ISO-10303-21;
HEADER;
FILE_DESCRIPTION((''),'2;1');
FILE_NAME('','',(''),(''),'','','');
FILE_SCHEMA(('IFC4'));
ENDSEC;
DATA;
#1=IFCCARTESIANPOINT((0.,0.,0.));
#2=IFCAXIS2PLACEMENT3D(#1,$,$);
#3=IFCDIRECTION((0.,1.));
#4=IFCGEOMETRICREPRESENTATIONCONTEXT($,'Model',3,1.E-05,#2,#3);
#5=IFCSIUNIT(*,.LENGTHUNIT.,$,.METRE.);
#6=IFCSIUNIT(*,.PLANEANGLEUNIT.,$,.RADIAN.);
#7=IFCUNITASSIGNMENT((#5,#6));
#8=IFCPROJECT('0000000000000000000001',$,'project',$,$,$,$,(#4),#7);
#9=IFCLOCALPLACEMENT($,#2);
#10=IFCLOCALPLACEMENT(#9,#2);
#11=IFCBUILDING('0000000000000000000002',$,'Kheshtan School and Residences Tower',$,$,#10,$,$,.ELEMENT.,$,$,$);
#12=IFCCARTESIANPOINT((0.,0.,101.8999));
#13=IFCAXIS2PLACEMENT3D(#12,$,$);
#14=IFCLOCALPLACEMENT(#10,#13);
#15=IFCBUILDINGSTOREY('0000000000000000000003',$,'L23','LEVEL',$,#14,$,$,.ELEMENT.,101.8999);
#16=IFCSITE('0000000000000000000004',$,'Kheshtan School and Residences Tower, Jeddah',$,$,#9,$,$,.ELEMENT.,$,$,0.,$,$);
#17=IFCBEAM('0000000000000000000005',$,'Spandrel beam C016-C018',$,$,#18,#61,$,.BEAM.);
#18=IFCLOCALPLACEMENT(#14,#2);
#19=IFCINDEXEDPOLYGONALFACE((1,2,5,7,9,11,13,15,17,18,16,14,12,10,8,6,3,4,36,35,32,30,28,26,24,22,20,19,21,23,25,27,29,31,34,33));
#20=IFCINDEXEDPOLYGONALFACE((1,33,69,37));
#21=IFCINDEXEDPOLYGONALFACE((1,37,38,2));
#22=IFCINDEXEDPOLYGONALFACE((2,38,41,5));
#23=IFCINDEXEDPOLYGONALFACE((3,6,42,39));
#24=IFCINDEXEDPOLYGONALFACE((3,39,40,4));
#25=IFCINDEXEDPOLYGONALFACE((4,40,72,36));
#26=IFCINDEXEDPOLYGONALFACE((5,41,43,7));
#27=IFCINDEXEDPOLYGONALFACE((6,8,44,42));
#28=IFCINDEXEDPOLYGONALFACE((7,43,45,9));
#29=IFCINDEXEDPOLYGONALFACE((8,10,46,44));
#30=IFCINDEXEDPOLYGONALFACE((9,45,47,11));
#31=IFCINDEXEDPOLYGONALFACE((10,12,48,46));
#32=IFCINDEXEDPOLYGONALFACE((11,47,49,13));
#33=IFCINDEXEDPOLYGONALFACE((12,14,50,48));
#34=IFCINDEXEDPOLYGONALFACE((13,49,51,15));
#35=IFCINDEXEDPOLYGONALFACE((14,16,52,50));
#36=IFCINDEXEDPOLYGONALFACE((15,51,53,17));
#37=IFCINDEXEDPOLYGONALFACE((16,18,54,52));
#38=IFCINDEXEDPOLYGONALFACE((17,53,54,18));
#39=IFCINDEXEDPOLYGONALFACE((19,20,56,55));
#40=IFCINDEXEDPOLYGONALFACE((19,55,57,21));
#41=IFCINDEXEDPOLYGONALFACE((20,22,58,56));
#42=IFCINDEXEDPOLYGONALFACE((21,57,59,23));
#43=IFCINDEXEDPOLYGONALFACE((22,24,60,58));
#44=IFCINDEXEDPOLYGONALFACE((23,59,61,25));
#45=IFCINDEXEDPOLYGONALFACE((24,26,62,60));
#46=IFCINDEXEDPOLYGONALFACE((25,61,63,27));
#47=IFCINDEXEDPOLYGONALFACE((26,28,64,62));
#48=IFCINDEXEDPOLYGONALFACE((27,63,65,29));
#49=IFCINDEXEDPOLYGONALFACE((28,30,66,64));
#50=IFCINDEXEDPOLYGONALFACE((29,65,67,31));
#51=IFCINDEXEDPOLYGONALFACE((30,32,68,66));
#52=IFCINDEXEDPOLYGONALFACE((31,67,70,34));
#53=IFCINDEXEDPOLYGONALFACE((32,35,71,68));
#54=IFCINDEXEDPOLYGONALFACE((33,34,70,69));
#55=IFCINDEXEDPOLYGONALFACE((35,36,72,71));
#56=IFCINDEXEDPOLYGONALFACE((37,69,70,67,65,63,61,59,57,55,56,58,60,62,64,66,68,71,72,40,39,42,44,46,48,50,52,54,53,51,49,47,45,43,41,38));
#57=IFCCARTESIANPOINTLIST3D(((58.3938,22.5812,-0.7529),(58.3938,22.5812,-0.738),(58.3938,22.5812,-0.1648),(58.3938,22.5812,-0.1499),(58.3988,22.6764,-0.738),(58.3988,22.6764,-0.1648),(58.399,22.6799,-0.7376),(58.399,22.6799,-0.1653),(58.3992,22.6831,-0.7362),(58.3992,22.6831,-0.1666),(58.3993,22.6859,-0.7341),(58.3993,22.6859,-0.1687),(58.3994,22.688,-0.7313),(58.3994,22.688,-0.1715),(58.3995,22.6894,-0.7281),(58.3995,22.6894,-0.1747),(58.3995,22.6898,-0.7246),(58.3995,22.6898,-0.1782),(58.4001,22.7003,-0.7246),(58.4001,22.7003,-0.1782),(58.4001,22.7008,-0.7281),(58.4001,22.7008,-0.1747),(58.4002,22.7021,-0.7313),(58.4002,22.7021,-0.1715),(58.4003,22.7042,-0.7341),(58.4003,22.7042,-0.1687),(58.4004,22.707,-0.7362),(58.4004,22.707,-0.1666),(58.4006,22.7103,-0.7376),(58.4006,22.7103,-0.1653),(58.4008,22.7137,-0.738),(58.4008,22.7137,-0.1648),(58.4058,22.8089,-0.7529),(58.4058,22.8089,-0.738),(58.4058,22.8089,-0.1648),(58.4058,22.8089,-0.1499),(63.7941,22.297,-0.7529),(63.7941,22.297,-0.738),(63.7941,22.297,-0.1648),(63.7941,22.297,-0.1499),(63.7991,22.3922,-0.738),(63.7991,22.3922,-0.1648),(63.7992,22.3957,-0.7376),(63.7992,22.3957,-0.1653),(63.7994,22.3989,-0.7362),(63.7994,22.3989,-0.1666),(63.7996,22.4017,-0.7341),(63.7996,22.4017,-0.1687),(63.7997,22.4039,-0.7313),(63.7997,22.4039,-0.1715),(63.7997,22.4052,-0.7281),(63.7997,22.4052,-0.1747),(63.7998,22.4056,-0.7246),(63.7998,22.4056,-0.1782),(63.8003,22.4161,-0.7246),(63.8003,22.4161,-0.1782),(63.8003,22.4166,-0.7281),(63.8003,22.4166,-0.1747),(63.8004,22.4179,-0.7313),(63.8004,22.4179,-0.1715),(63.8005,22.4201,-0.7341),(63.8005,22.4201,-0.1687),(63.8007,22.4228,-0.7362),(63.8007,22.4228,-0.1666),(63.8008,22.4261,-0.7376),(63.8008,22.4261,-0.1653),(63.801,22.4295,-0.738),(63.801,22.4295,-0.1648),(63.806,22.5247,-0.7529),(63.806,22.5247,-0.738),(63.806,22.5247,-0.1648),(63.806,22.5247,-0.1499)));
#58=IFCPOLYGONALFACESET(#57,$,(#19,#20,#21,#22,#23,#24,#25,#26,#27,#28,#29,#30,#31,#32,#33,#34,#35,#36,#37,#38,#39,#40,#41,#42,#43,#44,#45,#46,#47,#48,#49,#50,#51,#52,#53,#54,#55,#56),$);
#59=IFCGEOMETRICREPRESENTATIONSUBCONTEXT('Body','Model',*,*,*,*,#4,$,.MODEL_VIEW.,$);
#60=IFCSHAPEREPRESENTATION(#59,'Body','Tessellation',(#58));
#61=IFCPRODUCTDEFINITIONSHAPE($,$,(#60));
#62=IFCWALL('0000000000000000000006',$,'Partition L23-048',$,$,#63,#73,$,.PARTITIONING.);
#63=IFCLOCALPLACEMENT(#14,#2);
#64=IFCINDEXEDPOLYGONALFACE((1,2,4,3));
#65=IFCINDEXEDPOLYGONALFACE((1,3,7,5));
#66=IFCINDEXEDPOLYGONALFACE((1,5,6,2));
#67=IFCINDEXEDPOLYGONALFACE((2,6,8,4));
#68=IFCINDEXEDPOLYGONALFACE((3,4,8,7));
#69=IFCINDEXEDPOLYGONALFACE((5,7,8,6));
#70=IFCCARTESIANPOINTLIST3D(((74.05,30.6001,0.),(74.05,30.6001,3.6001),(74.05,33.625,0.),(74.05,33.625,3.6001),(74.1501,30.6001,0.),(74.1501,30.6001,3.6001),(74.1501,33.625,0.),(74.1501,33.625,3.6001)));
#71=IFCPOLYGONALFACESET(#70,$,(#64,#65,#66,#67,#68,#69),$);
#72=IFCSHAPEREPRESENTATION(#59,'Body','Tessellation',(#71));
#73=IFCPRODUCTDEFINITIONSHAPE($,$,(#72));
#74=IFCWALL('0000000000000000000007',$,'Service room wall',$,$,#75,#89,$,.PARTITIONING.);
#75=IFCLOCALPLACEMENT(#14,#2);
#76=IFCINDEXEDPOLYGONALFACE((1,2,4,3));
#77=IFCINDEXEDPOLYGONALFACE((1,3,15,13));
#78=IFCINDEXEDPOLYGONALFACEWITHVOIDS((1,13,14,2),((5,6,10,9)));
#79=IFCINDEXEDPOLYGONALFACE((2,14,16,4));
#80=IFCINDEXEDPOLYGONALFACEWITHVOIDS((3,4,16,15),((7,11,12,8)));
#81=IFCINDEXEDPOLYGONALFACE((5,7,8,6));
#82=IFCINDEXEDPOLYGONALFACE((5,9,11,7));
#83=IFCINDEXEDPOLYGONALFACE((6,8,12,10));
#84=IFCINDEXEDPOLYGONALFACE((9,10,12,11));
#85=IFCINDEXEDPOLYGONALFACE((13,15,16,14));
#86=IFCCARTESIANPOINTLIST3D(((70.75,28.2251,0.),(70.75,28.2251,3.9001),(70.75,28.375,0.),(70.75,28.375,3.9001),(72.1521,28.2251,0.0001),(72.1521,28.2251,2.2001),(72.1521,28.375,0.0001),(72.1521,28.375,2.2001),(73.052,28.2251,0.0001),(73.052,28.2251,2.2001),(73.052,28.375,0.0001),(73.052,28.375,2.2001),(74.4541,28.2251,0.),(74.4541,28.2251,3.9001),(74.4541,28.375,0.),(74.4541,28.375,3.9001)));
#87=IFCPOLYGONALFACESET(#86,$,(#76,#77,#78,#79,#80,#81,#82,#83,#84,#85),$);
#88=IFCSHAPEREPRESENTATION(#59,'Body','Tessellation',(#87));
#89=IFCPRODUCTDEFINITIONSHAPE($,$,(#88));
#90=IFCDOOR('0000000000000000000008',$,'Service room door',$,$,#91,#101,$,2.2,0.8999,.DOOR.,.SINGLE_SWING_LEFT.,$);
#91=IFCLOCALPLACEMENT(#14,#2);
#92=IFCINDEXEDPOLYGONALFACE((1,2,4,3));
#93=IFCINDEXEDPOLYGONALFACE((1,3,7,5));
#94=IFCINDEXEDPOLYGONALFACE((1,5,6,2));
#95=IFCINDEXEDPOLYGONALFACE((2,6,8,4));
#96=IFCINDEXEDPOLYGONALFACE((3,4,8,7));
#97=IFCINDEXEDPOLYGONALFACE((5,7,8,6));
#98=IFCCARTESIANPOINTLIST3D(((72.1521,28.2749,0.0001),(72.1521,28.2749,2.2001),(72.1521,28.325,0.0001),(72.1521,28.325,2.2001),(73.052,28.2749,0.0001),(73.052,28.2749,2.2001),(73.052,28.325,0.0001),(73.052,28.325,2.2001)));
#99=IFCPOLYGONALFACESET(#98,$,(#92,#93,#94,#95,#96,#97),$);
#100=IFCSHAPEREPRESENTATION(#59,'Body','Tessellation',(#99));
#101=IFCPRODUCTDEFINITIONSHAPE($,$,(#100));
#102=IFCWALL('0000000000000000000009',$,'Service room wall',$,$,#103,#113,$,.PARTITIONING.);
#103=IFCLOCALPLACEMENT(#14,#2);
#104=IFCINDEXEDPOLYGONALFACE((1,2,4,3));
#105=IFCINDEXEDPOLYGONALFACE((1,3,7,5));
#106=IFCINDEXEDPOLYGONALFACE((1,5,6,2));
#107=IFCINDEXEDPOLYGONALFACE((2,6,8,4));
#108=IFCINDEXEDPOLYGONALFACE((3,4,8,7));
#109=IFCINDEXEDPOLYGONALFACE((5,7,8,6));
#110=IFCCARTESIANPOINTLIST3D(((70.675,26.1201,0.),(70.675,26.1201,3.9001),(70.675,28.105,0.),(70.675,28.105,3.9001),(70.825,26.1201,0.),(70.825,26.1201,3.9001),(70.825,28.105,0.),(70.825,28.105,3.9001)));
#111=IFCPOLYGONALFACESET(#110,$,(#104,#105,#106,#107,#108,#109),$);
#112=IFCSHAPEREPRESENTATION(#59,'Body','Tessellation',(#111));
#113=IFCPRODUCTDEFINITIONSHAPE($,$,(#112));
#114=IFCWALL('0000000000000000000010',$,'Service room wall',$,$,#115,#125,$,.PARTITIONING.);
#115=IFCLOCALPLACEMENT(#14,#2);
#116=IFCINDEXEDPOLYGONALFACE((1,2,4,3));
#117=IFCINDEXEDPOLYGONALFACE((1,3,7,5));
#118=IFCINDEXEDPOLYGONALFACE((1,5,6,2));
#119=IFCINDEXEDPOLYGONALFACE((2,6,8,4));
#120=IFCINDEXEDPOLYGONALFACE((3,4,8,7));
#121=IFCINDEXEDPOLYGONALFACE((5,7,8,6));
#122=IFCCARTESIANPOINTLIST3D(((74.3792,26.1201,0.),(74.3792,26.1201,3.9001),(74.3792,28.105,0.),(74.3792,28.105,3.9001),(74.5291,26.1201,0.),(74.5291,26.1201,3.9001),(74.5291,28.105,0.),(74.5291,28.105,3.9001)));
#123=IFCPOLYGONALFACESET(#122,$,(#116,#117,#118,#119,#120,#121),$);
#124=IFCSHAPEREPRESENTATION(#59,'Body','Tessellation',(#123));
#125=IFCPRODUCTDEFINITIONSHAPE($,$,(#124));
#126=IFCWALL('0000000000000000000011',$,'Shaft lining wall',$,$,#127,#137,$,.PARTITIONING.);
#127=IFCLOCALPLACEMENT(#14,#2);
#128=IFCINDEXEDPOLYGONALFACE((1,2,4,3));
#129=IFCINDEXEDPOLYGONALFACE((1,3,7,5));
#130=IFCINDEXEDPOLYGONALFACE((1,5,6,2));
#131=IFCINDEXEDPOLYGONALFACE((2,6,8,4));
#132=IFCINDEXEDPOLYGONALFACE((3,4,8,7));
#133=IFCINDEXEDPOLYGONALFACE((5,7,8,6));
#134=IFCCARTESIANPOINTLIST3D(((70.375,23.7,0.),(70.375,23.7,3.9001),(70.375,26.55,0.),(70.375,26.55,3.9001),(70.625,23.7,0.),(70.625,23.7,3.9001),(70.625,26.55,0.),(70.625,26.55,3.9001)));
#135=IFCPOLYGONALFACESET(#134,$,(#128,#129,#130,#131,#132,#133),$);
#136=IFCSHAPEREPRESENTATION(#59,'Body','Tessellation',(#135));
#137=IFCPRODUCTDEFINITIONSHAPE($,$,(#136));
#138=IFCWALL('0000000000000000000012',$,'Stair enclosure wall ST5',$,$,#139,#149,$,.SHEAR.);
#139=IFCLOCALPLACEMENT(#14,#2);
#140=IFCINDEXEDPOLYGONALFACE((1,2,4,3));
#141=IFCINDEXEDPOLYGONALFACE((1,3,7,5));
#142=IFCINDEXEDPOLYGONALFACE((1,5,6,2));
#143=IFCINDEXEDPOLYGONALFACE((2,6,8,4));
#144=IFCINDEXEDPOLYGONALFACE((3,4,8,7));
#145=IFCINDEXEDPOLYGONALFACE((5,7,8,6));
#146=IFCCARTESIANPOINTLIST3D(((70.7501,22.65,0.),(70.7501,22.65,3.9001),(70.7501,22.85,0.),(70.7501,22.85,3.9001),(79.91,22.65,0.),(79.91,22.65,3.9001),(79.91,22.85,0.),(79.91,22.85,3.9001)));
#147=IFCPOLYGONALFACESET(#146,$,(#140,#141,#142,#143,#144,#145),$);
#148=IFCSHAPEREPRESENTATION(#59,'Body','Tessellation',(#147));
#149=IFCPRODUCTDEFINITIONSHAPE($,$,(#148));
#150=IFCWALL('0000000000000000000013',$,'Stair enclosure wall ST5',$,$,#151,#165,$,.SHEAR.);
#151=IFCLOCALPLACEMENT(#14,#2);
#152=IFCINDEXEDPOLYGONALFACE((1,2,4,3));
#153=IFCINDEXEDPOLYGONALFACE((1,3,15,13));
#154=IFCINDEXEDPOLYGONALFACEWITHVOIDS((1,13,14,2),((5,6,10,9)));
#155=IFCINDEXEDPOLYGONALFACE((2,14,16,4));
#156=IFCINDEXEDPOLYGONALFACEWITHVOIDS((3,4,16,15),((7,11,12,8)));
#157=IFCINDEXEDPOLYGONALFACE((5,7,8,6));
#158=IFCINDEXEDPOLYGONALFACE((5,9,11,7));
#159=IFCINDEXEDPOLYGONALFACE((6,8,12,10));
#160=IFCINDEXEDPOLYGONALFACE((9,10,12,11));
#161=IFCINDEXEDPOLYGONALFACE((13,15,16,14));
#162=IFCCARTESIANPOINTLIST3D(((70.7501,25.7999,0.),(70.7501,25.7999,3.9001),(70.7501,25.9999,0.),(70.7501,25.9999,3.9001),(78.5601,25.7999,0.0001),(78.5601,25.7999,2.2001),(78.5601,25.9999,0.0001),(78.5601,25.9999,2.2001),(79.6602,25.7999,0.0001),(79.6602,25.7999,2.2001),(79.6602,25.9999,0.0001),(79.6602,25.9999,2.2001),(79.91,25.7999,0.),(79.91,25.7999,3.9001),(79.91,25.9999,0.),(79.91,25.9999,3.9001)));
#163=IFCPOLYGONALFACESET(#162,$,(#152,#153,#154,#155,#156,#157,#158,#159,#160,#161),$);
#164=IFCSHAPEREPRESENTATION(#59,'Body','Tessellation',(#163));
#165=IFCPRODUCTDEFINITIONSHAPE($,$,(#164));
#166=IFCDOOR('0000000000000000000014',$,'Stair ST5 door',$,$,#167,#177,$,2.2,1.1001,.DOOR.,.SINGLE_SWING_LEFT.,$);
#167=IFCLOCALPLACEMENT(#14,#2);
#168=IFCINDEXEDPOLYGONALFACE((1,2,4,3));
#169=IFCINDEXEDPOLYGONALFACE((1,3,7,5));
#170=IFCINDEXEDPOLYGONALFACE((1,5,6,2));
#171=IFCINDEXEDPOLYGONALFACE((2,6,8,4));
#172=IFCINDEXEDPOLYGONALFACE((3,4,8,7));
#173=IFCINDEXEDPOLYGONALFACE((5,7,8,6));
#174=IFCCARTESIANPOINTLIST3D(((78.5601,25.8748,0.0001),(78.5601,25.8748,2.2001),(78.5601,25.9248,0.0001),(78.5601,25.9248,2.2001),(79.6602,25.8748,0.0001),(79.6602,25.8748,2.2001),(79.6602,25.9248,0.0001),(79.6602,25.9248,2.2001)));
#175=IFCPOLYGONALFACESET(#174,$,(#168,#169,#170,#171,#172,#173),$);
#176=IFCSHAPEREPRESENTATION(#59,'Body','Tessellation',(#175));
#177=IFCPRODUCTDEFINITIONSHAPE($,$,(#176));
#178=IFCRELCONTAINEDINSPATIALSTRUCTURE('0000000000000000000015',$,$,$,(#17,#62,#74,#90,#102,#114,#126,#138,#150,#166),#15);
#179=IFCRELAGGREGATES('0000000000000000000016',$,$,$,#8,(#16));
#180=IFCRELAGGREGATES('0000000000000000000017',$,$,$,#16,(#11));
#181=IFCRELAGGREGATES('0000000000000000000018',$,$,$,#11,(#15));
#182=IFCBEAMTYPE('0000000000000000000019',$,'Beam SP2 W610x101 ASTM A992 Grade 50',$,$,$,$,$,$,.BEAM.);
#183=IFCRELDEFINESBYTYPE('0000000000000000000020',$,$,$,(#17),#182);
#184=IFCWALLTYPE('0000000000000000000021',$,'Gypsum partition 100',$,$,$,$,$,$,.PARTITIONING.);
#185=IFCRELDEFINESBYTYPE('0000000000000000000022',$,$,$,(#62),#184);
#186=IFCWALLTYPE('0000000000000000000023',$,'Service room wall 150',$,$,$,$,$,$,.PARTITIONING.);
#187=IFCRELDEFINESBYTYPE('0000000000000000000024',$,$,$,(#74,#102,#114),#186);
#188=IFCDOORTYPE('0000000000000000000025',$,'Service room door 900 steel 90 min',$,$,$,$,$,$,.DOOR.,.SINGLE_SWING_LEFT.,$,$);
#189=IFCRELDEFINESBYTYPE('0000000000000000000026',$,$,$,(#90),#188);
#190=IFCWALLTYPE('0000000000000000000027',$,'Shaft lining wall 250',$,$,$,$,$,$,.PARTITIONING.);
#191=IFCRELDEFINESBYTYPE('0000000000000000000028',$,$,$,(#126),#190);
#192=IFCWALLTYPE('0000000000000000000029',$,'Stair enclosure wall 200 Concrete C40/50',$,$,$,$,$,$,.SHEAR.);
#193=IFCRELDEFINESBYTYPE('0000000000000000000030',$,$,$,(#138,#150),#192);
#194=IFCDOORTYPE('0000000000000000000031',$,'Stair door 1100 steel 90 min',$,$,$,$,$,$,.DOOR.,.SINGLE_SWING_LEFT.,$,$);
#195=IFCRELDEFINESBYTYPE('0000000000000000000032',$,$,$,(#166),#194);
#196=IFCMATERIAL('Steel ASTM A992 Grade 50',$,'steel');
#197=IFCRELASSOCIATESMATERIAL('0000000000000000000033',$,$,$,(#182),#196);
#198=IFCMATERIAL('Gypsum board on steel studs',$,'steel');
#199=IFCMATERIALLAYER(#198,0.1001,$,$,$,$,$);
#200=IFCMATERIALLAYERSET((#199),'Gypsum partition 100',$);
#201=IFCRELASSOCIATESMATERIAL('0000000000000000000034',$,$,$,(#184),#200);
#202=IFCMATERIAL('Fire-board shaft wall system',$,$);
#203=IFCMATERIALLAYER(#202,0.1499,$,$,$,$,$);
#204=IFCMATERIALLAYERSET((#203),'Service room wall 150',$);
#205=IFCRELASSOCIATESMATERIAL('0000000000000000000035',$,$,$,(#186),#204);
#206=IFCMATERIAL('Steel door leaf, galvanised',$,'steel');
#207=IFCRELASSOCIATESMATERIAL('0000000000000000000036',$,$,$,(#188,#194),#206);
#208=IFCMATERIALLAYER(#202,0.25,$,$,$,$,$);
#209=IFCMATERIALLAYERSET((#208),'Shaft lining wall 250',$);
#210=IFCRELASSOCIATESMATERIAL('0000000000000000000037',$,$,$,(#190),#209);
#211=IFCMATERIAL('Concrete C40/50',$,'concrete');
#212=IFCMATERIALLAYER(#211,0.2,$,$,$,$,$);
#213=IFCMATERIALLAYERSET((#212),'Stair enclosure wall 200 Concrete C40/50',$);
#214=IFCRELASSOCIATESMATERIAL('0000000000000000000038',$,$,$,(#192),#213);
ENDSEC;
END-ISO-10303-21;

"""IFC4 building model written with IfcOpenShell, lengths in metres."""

from ifc_helpers import new_model, si_unit, direction, frame, frame_2d, origin, origin_2d, place, context, subcontext, project, spatial, rectangle, i_section, extrude, source, transform, mapped, material, layer, layer_set, material_profile, profile_set, type_object, element, fill, save


model = new_model("IFC4")

# Units and contexts
model_context = context("Model", 3, precision=1e-05, world=origin(), true_north=direction((0.0, 1.0)))
body_context = subcontext(model_context, "Body", "Model", "MODEL_VIEW")
ifc_project = project(units=[si_unit("LENGTHUNIT", "METRE"), si_unit("PLANEANGLEUNIT", "RADIAN")], contexts=[model_context])

# Site, building, storey
site_placement = place(None, origin())
site = spatial("IfcSite", under=ifc_project, at=site_placement, Name="Kheshtan School and Residences Tower, Jeddah", CompositionType="ELEMENT", RefElevation=0.0)
building_placement = place(site_placement, origin())
building = spatial("IfcBuilding", under=site, at=building_placement, Name="Kheshtan School and Residences Tower", CompositionType="ELEMENT")
storey_placement = place(building_placement, frame((0.0, 0.0, 101.8999)))
storey = spatial("IfcBuildingStorey", under=building, at=storey_placement, Name="L23", Description="LEVEL", CompositionType="ELEMENT", Elevation=101.8999)

# Shared definitions
ifc_material_1 = material(Name="Steel ASTM A992 Grade 50", Category="steel")

# Beam
ifc_material_profile_1 = material_profile(ifc_material_1, i_section(OverallWidth=0.228, OverallDepth=0.603, WebThickness=0.0105, FlangeThickness=0.0149, FilletRadius=0.0134, at=origin_2d()), Name="W610x101")
ifc_profile_set_1 = profile_set([ifc_material_profile_1], Name="Steel ASTM A992 Grade 50")
beam_type_1 = type_object("IfcBeamType", Name="Beam SP2 W610x101 ASTM A992 Grade 50", PredefinedType="BEAM", material=ifc_profile_set_1)
beam_1_placement = place(storey_placement, frame((63.8, 22.4109, -0.4514), z_axis=(-0.998618, 0.052552, 0.0), x_axis=(-0.052552, -0.998618, 0.0)))
element("IfcBeam", 1, at=beam_1_placement, inside=storey, type_object=beam_type_1, Name="Spandrel beam C016-C018", PredefinedType="BEAM", context=body_context, shape_type="SweptSolid", body=[
    extrude(i_section(OverallWidth=0.228, OverallDepth=0.603, WebThickness=0.0105, FlangeThickness=0.0149, FilletRadius=0.0134, at=origin_2d()), origin(), (0.0, 0.0, 1.0), 5.4077),
])

# Wall
ifc_material_2 = material(Name="Gypsum board on steel studs", Category="steel")
ifc_layer_1 = layer(ifc_material_2, 0.1001)
ifc_layer_set_1 = layer_set([ifc_layer_1], Name="Gypsum partition 100")
wall_type_1 = type_object("IfcWallType", Name="Gypsum partition 100", PredefinedType="PARTITIONING", material=ifc_layer_set_1)
wall_1_placement = place(storey_placement, frame((74.1001, 30.6001, 0.0), z_axis=(0.0, 0.0, 1.0), x_axis=(0.0, 1.0, 0.0)))
element("IfcWall", 2, at=wall_1_placement, inside=storey, type_object=wall_type_1, Name="Partition L23-048", PredefinedType="PARTITIONING", context=body_context, shape_type="SweptSolid", body=[
    extrude(rectangle(XDim=3.0249, YDim=0.1001, at=frame_2d((1.5125, 0.0))), origin(), (0.0, 0.0, 1.0), 3.6001),
])

# Wall, opening, door
ifc_material_3 = material(Name="Fire-board shaft wall system")
ifc_layer_2 = layer(ifc_material_3, 0.1499)
ifc_layer_set_2 = layer_set([ifc_layer_2], Name="Service room wall 150")
wall_type_2 = type_object("IfcWallType", Name="Service room wall 150", PredefinedType="PARTITIONING", material=ifc_layer_set_2)
wall_2_placement = place(storey_placement, frame((70.75, 28.3, 0.0), z_axis=(0.0, 0.0, 1.0), x_axis=(1.0, 0.0, 0.0)))
wall_2 = element("IfcWall", 3, at=wall_2_placement, inside=storey, type_object=wall_type_2, Name="Service room wall", PredefinedType="PARTITIONING", context=body_context, shape_type="SweptSolid", body=[
    extrude(rectangle(XDim=3.7041, YDim=0.1499, at=frame_2d((1.8521, 0.0))), origin(), (0.0, 0.0, 1.0), 3.9001),
])
opening_1_placement = place(wall_2_placement, frame((1.4021, 0.0, 0.0)))
opening_1 = element("IfcOpeningElement", 4, at=opening_1_placement, cuts=wall_2, PredefinedType="OPENING", context=body_context, shape_type="SweptSolid", body=[
    extrude(rectangle(XDim=0.8999, YDim=2.2, at=frame_2d((0.45, 1.1001))), frame((0.0, 0.085, 0.0), z_axis=(0.0, -1.0, 0.0), x_axis=(1.0, 0.0, 0.0)), (0.0, 0.0, 1.0), 0.1699),
])
ifc_material_4 = material(Name="Steel door leaf, galvanised", Category="steel")
door_type_1 = type_object("IfcDoorType", Name="Service room door 900 steel 90 min", OperationType="SINGLE_SWING_LEFT", PredefinedType="DOOR", material=ifc_material_4)
shared_shape_1 = source(origin(), body_context, "Body", "SweptSolid", [
    extrude(rectangle(XDim=0.8999, YDim=2.2, at=frame_2d((0.45, 1.1001))), frame((0.0, 0.0249, 0.0), z_axis=(0.0, -1.0, 0.0), x_axis=(1.0, 0.0, 0.0)), (0.0, 0.0, 1.0), 0.05),
])
door_1_placement = place(opening_1_placement, origin())
door_1 = element("IfcDoor", 5, at=door_1_placement, inside=storey, type_object=door_type_1, Name="Service room door", OperationType="SINGLE_SWING_LEFT", OverallHeight=2.2, OverallWidth=0.8999, PredefinedType="DOOR", context=body_context, shape_type="MappedRepresentation", body=[
    mapped(shared_shape_1, transform((0.0, 0.0, 0.0), x_axis=(1.0, 0.0, 0.0), y_axis=(0.0, 1.0, 0.0), z_axis=(0.0, 0.0, 1.0), scale=1.0)),
])
fill(opening_1, door_1)

# Walls
for number, where, z_axis, x_axis, name in (
    (6, (70.75, 26.1201, 0.0), (0.0, 0.0, 1.0), (0.0, 1.0, 0.0), "Service room wall"),
    (7, (74.4541, 26.1201, 0.0), (0.0, 0.0, 1.0), (0.0, 1.0, 0.0), "Service room wall"),
):
    element("IfcWall", number, at=place(storey_placement, frame(where, z_axis=z_axis, x_axis=x_axis)), inside=storey, type_object=wall_type_2, Name=name, PredefinedType="PARTITIONING", context=body_context, shape_type="SweptSolid", body=[
        extrude(rectangle(XDim=1.9849, YDim=0.1499, at=frame_2d((0.9924, 0.0))), origin(), (0.0, 0.0, 1.0), 3.9001),
    ])
ifc_layer_3 = layer(ifc_material_3, 0.25)
ifc_layer_set_3 = layer_set([ifc_layer_3], Name="Shaft lining wall 250")
wall_type_3 = type_object("IfcWallType", Name="Shaft lining wall 250", PredefinedType="PARTITIONING", material=ifc_layer_set_3)
wall_3_placement = place(storey_placement, frame((70.5, 23.7, 0.0), z_axis=(0.0, 0.0, 1.0), x_axis=(0.0, 1.0, 0.0)))
element("IfcWall", 8, at=wall_3_placement, inside=storey, type_object=wall_type_3, Name="Shaft lining wall", PredefinedType="PARTITIONING", context=body_context, shape_type="SweptSolid", body=[
    extrude(rectangle(XDim=2.8501, YDim=0.25, at=frame_2d((1.425, 0.0))), origin(), (0.0, 0.0, 1.0), 3.9001),
])
ifc_material_5 = material(Name="Concrete C40/50", Category="concrete")
ifc_layer_4 = layer(ifc_material_5, 0.2)
ifc_layer_set_4 = layer_set([ifc_layer_4], Name="Stair enclosure wall 200 Concrete C40/50")
wall_type_4 = type_object("IfcWallType", Name="Stair enclosure wall 200 Concrete C40/50", PredefinedType="SHEAR", material=ifc_layer_set_4)
wall_4_placement = place(storey_placement, frame((70.75, 22.75, 0.0), z_axis=(0.0, 0.0, 1.0), x_axis=(1.0, 0.0, 0.0)))
element("IfcWall", 9, at=wall_4_placement, inside=storey, type_object=wall_type_4, Name="Stair enclosure wall ST5", PredefinedType="SHEAR", context=body_context, shape_type="SweptSolid", body=[
    extrude(rectangle(XDim=9.1599, YDim=0.2, at=frame_2d((4.5801, 0.0))), origin(), (0.0, 0.0, 1.0), 3.9001),
])

# Wall, opening, door
wall_5_placement = place(storey_placement, frame((70.75, 25.8999, 0.0), z_axis=(0.0, 0.0, 1.0), x_axis=(1.0, 0.0, 0.0)))
wall_5 = element("IfcWall", 10, at=wall_5_placement, inside=storey, type_object=wall_type_4, Name="Stair enclosure wall ST5", PredefinedType="SHEAR", context=body_context, shape_type="SweptSolid", body=[
    extrude(rectangle(XDim=9.1599, YDim=0.2, at=frame_2d((4.5801, 0.0))), origin(), (0.0, 0.0, 1.0), 3.9001),
])
opening_2_placement = place(wall_5_placement, frame((7.8101, 0.0, 0.0)))
opening_2 = element("IfcOpeningElement", 11, at=opening_2_placement, cuts=wall_5, PredefinedType="OPENING", context=body_context, shape_type="SweptSolid", body=[
    extrude(rectangle(XDim=1.1001, YDim=2.2, at=frame_2d((0.55, 1.1001))), frame((0.0, 0.1099, 0.0), z_axis=(0.0, -1.0, 0.0), x_axis=(1.0, 0.0, 0.0)), (0.0, 0.0, 1.0), 0.22),
])
door_type_2 = type_object("IfcDoorType", Name="Stair door 1100 steel 90 min", OperationType="SINGLE_SWING_LEFT", PredefinedType="DOOR", material=ifc_material_4)
shared_shape_2 = source(origin(), body_context, "Body", "SweptSolid", [
    extrude(rectangle(XDim=1.1001, YDim=2.2, at=frame_2d((0.55, 1.1001))), frame((0.0, 0.0249, 0.0), z_axis=(0.0, -1.0, 0.0), x_axis=(1.0, 0.0, 0.0)), (0.0, 0.0, 1.0), 0.05),
])
door_2_placement = place(opening_2_placement, origin())
door_2 = element("IfcDoor", 12, at=door_2_placement, inside=storey, type_object=door_type_2, Name="Stair ST5 door", OperationType="SINGLE_SWING_LEFT", OverallHeight=2.2, OverallWidth=1.1001, PredefinedType="DOOR", context=body_context, shape_type="MappedRepresentation", body=[
    mapped(shared_shape_2, transform((0.0, 0.0, 0.0), x_axis=(1.0, 0.0, 0.0), y_axis=(0.0, 1.0, 0.0), z_axis=(0.0, 0.0, 1.0), scale=1.0)),
])
fill(opening_2, door_2)

save(model, "model.ifc")
